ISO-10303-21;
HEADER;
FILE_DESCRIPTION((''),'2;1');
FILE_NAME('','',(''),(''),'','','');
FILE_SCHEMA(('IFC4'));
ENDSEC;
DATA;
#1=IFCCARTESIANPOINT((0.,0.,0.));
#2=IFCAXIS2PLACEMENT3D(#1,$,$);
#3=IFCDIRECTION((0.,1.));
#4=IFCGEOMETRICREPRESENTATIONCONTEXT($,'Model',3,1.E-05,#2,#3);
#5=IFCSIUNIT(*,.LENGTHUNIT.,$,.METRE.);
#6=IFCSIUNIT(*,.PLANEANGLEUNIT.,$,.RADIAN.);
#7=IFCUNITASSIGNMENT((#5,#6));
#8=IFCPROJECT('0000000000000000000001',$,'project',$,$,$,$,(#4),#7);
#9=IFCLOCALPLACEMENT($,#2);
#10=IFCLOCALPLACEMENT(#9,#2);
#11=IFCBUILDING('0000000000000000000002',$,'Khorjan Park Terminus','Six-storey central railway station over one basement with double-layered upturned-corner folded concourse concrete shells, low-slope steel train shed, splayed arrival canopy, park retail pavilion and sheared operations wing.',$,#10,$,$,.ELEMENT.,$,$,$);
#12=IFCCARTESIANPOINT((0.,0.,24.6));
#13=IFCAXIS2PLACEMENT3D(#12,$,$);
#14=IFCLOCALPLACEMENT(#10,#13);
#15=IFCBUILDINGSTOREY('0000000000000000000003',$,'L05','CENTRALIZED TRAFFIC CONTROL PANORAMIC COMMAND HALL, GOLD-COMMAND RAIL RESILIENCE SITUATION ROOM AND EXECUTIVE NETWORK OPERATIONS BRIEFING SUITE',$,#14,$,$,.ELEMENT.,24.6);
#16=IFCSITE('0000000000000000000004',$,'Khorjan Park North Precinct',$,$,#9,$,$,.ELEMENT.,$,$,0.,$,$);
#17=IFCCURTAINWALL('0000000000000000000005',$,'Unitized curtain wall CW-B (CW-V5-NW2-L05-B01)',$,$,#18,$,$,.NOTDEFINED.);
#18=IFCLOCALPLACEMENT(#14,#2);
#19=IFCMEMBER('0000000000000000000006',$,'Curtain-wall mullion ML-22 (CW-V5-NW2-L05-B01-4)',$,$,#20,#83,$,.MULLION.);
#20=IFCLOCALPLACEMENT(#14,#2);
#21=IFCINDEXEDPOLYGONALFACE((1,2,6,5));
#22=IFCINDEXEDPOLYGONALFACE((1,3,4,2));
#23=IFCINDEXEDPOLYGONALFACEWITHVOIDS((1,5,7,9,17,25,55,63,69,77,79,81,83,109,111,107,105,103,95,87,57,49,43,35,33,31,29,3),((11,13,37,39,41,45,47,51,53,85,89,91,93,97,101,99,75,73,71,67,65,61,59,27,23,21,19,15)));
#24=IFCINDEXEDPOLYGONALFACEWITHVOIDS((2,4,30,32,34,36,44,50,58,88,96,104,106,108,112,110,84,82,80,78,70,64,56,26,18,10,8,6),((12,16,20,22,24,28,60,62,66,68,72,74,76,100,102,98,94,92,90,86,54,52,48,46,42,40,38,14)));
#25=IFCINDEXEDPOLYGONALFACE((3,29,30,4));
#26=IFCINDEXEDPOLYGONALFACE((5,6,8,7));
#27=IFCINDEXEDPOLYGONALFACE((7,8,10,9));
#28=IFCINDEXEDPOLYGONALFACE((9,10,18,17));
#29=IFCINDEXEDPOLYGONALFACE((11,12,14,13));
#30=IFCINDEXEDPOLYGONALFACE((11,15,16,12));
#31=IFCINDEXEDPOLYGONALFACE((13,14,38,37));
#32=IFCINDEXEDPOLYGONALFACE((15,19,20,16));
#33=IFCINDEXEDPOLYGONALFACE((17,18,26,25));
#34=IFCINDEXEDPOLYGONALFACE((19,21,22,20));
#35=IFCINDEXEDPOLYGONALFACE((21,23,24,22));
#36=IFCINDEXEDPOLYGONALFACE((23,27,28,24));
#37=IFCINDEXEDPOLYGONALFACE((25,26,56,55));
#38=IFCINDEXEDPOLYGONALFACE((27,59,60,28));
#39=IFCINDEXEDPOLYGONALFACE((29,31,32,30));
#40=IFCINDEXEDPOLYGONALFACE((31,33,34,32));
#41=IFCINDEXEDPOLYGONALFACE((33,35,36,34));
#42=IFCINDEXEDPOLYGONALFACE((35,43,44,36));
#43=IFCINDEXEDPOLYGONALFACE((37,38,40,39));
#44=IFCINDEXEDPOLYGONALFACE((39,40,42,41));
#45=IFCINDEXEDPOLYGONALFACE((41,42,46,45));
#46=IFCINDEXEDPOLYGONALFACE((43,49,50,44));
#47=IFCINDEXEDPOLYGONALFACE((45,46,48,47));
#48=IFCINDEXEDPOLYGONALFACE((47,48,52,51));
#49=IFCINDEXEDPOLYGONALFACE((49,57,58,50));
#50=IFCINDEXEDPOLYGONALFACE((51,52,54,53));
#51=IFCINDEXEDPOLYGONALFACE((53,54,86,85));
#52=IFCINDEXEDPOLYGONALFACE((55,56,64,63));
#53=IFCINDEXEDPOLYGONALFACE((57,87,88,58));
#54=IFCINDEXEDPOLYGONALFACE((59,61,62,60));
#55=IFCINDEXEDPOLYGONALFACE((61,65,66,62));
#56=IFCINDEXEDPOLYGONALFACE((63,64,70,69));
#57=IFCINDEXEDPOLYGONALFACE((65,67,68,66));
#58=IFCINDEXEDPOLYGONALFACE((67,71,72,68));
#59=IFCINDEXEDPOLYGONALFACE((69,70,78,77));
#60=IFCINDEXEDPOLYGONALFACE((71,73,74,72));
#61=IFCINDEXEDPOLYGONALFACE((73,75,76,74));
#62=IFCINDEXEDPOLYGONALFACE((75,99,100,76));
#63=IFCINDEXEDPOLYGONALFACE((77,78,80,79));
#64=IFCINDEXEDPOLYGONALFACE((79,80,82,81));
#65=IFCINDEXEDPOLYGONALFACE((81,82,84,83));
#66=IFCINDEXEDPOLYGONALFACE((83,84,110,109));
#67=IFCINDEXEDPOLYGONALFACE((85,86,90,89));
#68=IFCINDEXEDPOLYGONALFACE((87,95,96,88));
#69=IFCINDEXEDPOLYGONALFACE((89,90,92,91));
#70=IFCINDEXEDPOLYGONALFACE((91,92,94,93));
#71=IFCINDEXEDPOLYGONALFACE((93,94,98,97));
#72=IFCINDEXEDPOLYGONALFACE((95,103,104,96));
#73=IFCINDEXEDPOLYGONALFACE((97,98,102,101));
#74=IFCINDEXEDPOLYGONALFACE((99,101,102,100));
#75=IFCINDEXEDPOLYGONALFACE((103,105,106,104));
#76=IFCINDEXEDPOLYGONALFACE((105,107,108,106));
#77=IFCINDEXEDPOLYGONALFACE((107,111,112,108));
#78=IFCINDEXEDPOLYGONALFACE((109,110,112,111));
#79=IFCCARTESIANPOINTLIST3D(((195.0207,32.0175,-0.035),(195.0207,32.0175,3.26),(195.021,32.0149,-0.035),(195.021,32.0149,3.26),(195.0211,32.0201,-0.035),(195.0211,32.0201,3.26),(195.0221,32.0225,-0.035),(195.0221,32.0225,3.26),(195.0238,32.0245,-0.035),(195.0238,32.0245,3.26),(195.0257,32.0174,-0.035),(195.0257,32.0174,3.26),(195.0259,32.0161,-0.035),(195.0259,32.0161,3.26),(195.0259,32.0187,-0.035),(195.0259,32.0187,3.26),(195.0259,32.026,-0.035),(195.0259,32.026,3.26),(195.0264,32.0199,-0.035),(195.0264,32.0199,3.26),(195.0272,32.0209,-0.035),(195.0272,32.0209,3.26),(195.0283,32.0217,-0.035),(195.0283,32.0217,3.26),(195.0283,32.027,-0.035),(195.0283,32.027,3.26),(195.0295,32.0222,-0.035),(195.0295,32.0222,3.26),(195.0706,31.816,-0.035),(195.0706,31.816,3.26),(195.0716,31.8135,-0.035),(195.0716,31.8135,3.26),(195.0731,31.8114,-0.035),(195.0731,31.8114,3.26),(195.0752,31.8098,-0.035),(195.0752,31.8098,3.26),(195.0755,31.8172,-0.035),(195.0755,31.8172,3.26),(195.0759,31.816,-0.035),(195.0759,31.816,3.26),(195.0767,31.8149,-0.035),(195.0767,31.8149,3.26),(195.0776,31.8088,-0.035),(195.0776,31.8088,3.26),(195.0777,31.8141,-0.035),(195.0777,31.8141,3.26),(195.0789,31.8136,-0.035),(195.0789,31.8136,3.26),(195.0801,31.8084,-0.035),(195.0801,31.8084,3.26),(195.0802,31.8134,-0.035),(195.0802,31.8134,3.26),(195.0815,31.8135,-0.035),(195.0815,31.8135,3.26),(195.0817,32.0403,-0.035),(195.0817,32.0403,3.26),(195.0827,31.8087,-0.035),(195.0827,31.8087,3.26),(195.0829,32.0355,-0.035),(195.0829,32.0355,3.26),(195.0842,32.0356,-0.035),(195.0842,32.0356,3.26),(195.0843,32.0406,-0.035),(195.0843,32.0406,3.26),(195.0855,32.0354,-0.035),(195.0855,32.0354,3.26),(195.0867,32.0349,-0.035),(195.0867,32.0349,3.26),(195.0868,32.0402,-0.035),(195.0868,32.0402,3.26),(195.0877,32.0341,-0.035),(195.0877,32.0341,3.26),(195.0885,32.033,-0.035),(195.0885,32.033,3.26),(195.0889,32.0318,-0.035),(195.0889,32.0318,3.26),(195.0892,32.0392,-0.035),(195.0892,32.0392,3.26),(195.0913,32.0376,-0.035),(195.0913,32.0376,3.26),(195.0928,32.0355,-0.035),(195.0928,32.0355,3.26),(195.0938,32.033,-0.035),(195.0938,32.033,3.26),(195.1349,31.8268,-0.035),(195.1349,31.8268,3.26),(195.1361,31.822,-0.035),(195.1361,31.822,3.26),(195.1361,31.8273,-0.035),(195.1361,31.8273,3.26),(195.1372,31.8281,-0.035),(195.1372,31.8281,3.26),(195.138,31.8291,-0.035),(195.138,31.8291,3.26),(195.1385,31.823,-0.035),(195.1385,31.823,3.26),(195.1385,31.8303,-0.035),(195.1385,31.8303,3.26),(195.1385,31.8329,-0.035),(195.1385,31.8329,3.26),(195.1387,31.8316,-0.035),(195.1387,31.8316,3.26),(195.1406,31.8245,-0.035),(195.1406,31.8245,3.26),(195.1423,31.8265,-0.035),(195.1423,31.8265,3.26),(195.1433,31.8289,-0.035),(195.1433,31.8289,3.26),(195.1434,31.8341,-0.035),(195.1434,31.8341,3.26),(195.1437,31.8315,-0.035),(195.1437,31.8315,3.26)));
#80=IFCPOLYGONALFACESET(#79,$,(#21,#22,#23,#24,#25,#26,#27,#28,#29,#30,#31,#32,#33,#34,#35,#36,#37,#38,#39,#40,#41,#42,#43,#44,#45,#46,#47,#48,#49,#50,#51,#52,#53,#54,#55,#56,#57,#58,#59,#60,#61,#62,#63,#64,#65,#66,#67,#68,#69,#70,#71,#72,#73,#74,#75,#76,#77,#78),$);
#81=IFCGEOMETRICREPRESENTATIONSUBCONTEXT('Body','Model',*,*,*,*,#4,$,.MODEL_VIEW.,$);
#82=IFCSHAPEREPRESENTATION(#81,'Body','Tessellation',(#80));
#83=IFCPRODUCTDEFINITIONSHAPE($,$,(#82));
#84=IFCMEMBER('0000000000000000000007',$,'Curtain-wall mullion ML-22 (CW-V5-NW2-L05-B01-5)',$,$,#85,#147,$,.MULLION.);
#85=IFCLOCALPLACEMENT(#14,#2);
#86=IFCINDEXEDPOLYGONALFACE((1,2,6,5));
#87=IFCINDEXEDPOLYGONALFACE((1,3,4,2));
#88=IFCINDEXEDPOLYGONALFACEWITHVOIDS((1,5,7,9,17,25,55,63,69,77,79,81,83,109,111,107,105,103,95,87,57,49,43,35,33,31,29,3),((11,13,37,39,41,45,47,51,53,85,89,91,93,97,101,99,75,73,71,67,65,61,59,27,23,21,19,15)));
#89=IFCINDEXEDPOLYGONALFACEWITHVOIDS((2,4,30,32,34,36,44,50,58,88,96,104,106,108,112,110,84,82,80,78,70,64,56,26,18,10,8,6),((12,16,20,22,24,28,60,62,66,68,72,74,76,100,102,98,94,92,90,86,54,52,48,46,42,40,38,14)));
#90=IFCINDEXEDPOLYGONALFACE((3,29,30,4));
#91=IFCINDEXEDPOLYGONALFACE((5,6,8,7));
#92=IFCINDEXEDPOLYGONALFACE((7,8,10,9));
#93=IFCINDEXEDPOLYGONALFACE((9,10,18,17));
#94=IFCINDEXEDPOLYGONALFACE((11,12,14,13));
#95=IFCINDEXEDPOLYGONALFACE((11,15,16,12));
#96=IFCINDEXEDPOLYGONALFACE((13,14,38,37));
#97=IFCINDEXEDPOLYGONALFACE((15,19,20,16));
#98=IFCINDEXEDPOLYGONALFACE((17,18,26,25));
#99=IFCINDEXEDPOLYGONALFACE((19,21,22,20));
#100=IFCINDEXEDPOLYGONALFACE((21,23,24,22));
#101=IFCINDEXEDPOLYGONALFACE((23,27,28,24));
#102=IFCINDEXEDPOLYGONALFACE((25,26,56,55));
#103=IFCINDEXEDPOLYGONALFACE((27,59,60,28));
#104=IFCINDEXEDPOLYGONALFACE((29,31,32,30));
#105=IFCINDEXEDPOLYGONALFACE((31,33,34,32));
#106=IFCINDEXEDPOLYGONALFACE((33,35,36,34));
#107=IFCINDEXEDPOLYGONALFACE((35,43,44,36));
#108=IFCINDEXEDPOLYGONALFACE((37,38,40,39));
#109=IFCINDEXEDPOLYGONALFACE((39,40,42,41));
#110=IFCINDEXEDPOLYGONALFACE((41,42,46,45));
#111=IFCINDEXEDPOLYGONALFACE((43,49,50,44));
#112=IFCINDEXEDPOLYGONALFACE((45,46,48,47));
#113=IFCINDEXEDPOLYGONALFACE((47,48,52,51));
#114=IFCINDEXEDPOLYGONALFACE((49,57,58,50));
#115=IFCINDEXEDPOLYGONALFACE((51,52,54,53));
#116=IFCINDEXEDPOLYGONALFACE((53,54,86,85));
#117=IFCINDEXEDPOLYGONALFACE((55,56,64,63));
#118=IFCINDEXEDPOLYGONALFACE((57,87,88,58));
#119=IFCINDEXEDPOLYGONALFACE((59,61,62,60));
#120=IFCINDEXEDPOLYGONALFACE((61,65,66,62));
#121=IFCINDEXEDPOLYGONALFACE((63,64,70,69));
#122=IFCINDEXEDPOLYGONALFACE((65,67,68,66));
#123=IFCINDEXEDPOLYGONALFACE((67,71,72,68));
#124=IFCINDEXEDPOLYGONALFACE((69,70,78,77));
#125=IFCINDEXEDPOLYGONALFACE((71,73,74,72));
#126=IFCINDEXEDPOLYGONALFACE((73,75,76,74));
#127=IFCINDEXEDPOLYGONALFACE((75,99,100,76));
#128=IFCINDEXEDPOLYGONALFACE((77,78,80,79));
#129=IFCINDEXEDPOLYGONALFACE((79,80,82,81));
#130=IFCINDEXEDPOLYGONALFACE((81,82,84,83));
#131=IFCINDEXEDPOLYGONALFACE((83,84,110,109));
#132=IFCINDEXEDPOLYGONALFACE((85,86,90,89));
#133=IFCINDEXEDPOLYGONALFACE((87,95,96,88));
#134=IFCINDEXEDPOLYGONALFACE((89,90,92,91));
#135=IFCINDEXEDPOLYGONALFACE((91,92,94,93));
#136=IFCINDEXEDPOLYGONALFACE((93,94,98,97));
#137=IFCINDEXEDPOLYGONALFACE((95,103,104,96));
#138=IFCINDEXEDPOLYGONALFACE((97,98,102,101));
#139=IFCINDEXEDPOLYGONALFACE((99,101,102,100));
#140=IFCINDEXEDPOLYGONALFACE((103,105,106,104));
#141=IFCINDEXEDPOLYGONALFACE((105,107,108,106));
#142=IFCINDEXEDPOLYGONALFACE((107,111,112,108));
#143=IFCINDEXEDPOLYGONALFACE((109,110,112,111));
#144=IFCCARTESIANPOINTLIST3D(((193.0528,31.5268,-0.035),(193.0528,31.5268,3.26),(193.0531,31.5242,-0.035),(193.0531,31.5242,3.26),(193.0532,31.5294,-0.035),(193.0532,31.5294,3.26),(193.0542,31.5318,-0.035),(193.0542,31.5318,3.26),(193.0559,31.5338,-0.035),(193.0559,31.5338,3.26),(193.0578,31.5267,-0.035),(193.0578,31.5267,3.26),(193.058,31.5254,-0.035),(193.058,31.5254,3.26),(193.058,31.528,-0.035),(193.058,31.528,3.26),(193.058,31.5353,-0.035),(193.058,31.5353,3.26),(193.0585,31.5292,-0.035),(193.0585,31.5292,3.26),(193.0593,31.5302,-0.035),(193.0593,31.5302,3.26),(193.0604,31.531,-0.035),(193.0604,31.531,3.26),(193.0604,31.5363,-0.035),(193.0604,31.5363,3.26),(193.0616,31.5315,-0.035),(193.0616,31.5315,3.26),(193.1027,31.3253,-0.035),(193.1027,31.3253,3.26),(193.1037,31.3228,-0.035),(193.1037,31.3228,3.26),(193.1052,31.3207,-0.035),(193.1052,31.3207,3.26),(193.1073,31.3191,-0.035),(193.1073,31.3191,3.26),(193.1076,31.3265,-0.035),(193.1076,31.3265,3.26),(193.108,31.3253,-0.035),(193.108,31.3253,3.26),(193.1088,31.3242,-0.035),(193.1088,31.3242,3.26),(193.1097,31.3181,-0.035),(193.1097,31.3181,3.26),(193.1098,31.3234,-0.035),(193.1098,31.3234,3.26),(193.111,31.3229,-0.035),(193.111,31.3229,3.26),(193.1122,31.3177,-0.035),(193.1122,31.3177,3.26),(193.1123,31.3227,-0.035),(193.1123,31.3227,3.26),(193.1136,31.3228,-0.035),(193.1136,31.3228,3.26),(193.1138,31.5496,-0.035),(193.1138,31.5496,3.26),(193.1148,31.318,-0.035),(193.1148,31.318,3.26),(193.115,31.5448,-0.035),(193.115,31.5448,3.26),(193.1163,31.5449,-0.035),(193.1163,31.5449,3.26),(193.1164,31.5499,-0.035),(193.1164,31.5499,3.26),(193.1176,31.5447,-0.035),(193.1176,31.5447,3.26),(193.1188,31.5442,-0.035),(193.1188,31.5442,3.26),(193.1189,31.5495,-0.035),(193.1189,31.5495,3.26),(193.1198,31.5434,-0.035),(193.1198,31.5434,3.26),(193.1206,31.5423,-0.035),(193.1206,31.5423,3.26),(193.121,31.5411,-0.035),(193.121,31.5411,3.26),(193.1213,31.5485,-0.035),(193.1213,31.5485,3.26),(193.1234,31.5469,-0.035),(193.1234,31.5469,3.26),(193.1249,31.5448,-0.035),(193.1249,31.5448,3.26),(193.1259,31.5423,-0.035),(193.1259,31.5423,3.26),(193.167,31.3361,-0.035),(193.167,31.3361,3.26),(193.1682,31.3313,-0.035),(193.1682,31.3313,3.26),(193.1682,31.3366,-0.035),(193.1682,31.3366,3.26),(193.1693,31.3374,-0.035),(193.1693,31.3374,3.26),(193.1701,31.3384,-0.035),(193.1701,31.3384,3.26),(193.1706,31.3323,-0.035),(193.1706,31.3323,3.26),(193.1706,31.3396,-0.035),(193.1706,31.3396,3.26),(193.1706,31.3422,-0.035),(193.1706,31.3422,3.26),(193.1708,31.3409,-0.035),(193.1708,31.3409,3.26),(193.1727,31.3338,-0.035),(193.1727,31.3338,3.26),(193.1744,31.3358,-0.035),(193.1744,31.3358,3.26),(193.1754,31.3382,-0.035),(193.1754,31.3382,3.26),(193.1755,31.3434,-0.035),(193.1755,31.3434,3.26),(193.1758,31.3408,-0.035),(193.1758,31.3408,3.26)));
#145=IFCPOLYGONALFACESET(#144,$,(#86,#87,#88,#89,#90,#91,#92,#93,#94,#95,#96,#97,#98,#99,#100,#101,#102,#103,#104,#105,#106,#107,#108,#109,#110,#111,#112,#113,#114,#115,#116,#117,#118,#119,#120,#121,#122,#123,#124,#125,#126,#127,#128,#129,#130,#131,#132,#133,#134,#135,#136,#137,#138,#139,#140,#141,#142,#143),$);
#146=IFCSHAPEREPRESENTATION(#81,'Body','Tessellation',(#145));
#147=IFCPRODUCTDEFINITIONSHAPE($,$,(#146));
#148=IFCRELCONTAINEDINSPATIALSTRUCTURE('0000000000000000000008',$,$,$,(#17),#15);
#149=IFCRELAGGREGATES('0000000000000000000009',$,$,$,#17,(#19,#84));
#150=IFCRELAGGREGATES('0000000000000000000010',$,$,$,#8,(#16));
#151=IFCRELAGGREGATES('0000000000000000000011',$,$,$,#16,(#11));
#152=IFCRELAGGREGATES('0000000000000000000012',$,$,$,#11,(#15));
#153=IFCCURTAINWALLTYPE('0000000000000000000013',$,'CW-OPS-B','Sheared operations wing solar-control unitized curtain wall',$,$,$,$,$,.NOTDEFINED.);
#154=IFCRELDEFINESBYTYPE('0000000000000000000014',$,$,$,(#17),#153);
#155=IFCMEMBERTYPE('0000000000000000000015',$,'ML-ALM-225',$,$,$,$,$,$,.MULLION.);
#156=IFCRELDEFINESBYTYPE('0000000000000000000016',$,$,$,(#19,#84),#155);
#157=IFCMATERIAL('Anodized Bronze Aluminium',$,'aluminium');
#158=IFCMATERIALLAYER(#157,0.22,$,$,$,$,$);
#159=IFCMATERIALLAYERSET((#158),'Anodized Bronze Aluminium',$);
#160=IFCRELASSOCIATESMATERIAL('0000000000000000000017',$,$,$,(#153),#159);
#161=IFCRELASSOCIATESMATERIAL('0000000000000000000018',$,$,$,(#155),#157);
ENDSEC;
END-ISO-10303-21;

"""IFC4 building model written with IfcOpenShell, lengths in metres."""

from ifc_helpers import new_model, si_unit, direction, frame, origin, origin_2d, place, context, subcontext, project, spatial, hollow_rectangle, extrude, material, layer, layer_set, material_profile, profile_set, type_object, element, aggregate, save


model = new_model("IFC4")

# Units and contexts
model_context = context("Model", 3, precision=1e-05, world=origin(), true_north=direction((0.0, 1.0)))
body_context = subcontext(model_context, "Body", "Model", "MODEL_VIEW")
ifc_project = project(units=[si_unit("LENGTHUNIT", "METRE"), si_unit("PLANEANGLEUNIT", "RADIAN")], contexts=[model_context])

# Site, building, storey
site_placement = place(None, origin())
site = spatial("IfcSite", under=ifc_project, at=site_placement, Name="Khorjan Park North Precinct", CompositionType="ELEMENT", RefElevation=0.0)
building_placement = place(site_placement, origin())
building = spatial("IfcBuilding", under=site, at=building_placement, Name="Khorjan Park Terminus", Description="Six-storey central railway station over one basement with double-layered upturned-corner folded concourse concrete shells, low-slope steel train shed, splayed arrival canopy, park retail pavilion and sheared operations wing.", CompositionType="ELEMENT")
storey_placement = place(building_placement, frame((0.0, 0.0, 24.6)))
storey = spatial("IfcBuildingStorey", under=building, at=storey_placement, Name="L05", Description="CENTRALIZED TRAFFIC CONTROL PANORAMIC COMMAND HALL, GOLD-COMMAND RAIL RESILIENCE SITUATION ROOM AND EXECUTIVE NETWORK OPERATIONS BRIEFING SUITE", CompositionType="ELEMENT", Elevation=24.6)

# Curtain wall, members
ifc_material_1 = material(Name="Anodized Bronze Aluminium", Category="aluminium")
ifc_layer_1 = layer(ifc_material_1, 0.22)
ifc_layer_set_1 = layer_set([ifc_layer_1], Name="Anodized Bronze Aluminium")
curtain_wall_type = type_object("IfcCurtainWallType", Name="CW-OPS-B", Description="Sheared operations wing solar-control unitized curtain wall", PredefinedType="NOTDEFINED", material=ifc_layer_set_1)
curtain_wall_placement = place(storey_placement, origin())
curtain_wall = element("IfcCurtainWall", 1, at=curtain_wall_placement, inside=storey, type_object=curtain_wall_type, Name="Unitized curtain wall CW-B (CW-V5-NW2-L05-B01)", PredefinedType="NOTDEFINED")
ifc_material_profile_1 = material_profile(ifc_material_1, hollow_rectangle(XDim=0.075, YDim=0.225, WallThickness=0.005, InnerFilletRadius=0.005, OuterFilletRadius=0.01, at=origin_2d()), Name="ALM 75x225x5")
ifc_profile_set_1 = profile_set([ifc_material_profile_1], Name="Anodized Bronze Aluminium")
member_type_1 = type_object("IfcMemberType", Name="ML-ALM-225", PredefinedType="MULLION", material=ifc_profile_set_1)
member_1_placement = place(storey_placement, frame((195.0822, 31.9245, -0.035), z_axis=(0.0, 0.0, 1.0), x_axis=(-0.970294, -0.241928, 0.0)))
member_1 = element("IfcMember", 2, at=member_1_placement, type_object=member_type_1, Name="Curtain-wall mullion ML-22 (CW-V5-NW2-L05-B01-4)", PredefinedType="MULLION", context=body_context, shape_type="SweptSolid", body=[
    extrude(hollow_rectangle(XDim=0.075, YDim=0.225, WallThickness=0.005, InnerFilletRadius=0.005, OuterFilletRadius=0.01, at=origin_2d()), origin(), (0.0, 0.0, 1.0), 3.295),
])
member_2_placement = place(storey_placement, frame((193.1143, 31.4338, -0.035), z_axis=(0.0, 0.0, 1.0), x_axis=(-0.970294, -0.241928, 0.0)))
member_2 = element("IfcMember", 3, at=member_2_placement, type_object=member_type_1, Name="Curtain-wall mullion ML-22 (CW-V5-NW2-L05-B01-5)", PredefinedType="MULLION", context=body_context, shape_type="SweptSolid", body=[
    extrude(hollow_rectangle(XDim=0.075, YDim=0.225, WallThickness=0.005, InnerFilletRadius=0.005, OuterFilletRadius=0.01, at=origin_2d()), origin(), (0.0, 0.0, 1.0), 3.295),
])
aggregate(curtain_wall, [member_1, member_2])

save(model, "model.ifc")
